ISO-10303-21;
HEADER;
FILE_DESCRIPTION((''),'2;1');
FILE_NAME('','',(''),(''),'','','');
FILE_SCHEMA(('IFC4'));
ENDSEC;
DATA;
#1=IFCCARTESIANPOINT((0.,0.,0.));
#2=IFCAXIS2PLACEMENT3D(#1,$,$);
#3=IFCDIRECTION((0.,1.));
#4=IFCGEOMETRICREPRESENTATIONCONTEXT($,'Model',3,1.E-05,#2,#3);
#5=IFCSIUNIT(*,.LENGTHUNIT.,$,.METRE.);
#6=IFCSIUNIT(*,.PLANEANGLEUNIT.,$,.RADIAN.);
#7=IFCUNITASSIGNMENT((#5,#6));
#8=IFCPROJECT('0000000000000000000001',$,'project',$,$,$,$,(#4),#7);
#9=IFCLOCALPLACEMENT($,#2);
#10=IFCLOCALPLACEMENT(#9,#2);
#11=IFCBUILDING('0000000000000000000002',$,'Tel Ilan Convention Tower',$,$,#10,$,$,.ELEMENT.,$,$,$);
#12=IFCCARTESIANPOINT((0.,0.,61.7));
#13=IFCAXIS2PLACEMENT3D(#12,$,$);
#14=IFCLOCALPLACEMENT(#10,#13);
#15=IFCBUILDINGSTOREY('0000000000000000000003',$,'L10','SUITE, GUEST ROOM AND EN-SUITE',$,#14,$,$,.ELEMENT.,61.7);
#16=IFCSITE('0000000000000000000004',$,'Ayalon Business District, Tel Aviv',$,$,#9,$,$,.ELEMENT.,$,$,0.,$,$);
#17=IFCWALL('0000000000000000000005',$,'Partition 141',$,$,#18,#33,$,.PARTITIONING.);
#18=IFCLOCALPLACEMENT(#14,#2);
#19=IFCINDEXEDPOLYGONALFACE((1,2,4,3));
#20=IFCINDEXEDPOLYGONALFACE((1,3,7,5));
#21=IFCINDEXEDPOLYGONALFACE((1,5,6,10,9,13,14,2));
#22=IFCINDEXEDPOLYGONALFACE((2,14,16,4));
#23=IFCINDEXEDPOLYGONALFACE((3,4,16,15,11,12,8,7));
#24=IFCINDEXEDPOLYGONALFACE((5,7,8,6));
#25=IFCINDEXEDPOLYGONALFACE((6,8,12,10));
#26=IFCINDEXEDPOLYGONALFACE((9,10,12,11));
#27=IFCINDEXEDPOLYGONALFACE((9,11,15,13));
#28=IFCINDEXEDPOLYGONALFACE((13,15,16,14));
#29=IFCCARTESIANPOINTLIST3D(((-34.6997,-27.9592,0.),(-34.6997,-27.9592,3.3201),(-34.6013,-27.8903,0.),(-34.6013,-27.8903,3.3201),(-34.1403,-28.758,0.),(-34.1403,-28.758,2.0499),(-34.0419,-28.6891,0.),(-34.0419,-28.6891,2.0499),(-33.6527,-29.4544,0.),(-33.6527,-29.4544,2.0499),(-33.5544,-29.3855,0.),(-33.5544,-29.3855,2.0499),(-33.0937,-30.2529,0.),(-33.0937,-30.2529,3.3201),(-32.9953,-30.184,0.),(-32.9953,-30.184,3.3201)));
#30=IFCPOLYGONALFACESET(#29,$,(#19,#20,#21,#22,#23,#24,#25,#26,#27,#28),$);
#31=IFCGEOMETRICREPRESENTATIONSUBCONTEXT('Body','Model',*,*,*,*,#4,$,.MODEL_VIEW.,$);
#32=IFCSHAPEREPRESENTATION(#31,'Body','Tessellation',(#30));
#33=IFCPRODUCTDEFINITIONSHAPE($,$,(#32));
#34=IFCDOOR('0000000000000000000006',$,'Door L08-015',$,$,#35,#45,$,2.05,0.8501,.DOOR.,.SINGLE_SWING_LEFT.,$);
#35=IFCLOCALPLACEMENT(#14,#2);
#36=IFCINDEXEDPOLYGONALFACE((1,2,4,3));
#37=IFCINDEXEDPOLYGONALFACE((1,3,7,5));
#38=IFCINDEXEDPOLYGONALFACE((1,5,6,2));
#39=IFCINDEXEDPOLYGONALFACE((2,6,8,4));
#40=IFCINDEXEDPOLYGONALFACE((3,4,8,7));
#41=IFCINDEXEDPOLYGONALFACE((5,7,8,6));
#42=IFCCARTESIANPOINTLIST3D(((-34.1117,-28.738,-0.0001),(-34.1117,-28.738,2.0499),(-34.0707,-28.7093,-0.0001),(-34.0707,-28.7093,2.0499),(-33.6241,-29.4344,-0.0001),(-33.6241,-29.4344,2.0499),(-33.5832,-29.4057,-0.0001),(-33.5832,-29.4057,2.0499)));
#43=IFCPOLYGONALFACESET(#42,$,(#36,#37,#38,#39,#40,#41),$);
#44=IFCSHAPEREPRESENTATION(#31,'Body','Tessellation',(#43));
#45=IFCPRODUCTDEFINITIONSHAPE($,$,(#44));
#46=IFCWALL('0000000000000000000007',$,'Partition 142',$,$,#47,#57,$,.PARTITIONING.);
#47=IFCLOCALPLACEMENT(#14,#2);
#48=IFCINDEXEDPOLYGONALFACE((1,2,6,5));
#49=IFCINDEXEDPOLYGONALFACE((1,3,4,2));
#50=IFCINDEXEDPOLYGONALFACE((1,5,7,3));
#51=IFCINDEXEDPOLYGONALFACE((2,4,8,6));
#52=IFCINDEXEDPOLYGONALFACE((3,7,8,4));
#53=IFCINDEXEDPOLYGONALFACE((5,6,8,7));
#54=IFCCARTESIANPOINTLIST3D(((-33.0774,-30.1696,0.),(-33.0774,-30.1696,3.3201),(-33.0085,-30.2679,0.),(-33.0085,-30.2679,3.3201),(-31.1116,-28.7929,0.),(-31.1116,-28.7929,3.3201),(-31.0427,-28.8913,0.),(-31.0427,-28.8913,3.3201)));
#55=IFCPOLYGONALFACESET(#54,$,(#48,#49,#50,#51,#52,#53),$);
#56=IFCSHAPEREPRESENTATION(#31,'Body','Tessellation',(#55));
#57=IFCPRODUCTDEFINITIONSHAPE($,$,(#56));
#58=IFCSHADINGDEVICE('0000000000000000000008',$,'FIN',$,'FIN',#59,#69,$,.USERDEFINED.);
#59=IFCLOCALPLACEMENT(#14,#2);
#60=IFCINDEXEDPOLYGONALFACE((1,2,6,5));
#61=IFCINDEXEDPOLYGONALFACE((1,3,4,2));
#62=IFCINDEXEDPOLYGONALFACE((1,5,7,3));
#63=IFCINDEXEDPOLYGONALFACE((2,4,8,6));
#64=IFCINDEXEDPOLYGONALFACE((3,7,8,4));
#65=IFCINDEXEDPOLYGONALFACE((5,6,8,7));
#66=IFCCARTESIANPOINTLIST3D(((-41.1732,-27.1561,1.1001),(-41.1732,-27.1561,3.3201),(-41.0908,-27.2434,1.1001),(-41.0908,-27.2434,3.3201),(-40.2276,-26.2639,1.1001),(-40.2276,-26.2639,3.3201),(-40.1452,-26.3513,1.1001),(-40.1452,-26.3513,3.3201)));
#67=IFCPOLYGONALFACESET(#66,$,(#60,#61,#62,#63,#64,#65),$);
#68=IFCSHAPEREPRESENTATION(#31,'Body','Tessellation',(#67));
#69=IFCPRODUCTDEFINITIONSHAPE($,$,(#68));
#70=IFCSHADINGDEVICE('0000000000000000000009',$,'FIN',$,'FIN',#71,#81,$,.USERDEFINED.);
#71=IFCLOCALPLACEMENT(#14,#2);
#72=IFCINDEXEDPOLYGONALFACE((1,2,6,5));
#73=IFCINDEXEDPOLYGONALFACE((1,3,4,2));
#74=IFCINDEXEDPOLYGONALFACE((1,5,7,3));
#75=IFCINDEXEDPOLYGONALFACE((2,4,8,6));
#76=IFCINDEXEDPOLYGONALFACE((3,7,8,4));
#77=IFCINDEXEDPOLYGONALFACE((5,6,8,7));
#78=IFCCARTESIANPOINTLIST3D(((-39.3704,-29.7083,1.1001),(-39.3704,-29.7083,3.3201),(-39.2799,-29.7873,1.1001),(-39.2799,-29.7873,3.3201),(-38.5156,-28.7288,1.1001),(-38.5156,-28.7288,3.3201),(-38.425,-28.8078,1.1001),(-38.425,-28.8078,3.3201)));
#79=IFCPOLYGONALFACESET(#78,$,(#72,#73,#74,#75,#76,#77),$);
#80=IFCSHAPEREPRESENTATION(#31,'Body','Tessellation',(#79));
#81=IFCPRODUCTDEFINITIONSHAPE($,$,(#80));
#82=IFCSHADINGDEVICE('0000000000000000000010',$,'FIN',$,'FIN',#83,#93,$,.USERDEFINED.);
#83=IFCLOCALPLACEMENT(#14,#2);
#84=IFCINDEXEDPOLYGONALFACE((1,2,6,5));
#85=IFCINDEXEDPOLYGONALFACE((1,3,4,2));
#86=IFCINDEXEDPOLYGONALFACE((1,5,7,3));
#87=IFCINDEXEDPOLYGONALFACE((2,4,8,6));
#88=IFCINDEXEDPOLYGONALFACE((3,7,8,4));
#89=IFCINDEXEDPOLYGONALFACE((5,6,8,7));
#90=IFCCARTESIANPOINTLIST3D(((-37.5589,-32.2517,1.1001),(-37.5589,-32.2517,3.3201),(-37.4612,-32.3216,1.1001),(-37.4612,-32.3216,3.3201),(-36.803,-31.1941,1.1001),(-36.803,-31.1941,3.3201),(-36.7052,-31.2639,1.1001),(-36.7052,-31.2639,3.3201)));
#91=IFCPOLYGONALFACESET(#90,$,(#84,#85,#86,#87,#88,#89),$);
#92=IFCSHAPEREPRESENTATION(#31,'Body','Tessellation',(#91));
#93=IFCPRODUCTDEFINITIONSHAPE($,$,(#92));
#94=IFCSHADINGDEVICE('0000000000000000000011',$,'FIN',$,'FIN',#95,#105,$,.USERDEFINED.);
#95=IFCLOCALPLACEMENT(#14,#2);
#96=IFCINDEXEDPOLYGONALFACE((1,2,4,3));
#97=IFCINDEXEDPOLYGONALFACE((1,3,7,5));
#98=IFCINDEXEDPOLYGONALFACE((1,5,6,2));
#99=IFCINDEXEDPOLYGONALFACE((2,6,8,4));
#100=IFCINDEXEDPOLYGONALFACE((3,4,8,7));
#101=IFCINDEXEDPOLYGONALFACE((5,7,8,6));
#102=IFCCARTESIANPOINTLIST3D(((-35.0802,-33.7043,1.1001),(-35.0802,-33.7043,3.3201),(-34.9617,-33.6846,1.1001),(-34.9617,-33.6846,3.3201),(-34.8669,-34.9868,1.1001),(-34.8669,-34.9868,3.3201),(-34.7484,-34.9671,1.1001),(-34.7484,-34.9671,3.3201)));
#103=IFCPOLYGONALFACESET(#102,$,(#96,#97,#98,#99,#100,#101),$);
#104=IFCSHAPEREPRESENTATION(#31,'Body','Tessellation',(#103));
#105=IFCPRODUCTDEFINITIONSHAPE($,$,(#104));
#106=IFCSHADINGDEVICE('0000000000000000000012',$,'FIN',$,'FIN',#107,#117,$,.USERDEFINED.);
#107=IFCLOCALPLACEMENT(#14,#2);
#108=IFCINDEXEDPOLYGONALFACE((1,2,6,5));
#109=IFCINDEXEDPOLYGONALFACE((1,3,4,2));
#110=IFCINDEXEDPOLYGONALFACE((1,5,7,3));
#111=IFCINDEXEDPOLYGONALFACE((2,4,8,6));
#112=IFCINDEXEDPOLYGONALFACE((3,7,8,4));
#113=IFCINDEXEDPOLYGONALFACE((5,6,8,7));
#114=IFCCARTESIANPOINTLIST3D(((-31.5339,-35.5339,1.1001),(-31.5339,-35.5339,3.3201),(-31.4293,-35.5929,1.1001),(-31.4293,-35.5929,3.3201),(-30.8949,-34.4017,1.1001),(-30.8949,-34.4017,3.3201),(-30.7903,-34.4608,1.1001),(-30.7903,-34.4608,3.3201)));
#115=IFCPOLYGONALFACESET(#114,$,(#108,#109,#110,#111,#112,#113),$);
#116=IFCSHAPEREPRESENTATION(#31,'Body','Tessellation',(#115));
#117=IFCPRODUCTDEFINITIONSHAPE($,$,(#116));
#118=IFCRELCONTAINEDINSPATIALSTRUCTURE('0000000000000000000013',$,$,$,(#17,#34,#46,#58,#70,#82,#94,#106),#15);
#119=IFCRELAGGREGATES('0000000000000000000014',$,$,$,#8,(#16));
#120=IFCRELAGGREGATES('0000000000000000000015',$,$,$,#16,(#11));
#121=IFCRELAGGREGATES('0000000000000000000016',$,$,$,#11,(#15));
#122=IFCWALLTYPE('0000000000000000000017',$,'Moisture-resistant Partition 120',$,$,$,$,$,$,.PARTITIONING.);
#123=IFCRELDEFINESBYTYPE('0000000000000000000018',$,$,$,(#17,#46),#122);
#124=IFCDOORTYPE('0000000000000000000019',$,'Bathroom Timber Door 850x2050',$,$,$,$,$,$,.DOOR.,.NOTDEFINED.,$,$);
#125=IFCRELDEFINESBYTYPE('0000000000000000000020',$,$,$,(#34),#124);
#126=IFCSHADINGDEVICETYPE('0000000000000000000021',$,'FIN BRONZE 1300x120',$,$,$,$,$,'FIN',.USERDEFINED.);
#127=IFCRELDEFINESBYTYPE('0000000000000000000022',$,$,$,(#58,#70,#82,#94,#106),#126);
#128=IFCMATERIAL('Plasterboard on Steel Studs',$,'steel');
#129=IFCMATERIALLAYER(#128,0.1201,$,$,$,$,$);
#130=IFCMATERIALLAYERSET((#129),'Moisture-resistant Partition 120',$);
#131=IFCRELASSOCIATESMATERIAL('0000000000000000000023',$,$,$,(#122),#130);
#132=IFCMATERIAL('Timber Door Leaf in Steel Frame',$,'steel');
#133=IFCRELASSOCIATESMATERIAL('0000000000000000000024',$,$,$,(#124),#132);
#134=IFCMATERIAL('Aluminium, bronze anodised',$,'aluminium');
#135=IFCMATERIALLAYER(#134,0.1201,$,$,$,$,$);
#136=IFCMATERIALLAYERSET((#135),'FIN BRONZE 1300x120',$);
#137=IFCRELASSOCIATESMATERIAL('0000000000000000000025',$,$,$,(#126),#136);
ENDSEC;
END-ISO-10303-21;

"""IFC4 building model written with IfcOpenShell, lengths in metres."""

from ifc_helpers import new_model, si_unit, direction, frame, frame_2d, origin, origin_2d, place, context, subcontext, project, spatial, rectangle, extrude, material, layer, layer_set, type_object, element, fill, save


model = new_model("IFC4")

# Units and contexts
model_context = context("Model", 3, precision=1e-05, world=origin(), true_north=direction((0.0, 1.0)))
body_context = subcontext(model_context, "Body", "Model", "MODEL_VIEW")
ifc_project = project(units=[si_unit("LENGTHUNIT", "METRE"), si_unit("PLANEANGLEUNIT", "RADIAN")], contexts=[model_context])

# Site, building, storey
site_placement = place(None, origin())
site = spatial("IfcSite", under=ifc_project, at=site_placement, Name="Ayalon Business District, Tel Aviv", CompositionType="ELEMENT", RefElevation=0.0)
building_placement = place(site_placement, origin())
building = spatial("IfcBuilding", under=site, at=building_placement, Name="Tel Ilan Convention Tower", CompositionType="ELEMENT")
storey_placement = place(building_placement, frame((0.0, 0.0, 61.7)))
storey = spatial("IfcBuildingStorey", under=building, at=storey_placement, Name="L10", Description="SUITE, GUEST ROOM AND EN-SUITE", CompositionType="ELEMENT", Elevation=61.7)

# Wall, opening, door
ifc_material_1 = material(Name="Plasterboard on Steel Studs", Category="steel")
ifc_layer_1 = layer(ifc_material_1, 0.1201)
ifc_layer_set_1 = layer_set([ifc_layer_1], Name="Moisture-resistant Partition 120")
wall_type_1 = type_object("IfcWallType", Name="Moisture-resistant Partition 120", PredefinedType="PARTITIONING", material=ifc_layer_set_1)
wall_1_placement = place(storey_placement, frame((-34.6504, -27.9248, 0.0), z_axis=(0.0, 0.0, 1.0), x_axis=(0.57355, -0.81917, 0.0)))
wall_1 = element("IfcWall", 1, at=wall_1_placement, inside=storey, type_object=wall_type_1, Name="Partition 141", PredefinedType="PARTITIONING", context=body_context, shape_type="SweptSolid", body=[
    extrude(rectangle(XDim=2.8, YDim=0.1201, at=frame_2d((1.3999, 0.0))), origin(), (0.0, 0.0, 1.0), 3.3201),
])
opening_1_placement = place(wall_1_placement, frame((0.9751, 0.0, 0.0)))
opening_1 = element("IfcOpeningElement", 2, at=opening_1_placement, cuts=wall_1, PredefinedType="OPENING", context=body_context, shape_type="SweptSolid", body=[
    extrude(rectangle(XDim=0.8501, YDim=2.05, at=frame_2d((0.425, 1.0249))), frame((0.0, 0.0701, 0.0), z_axis=(0.0, -1.0, 0.0), x_axis=(1.0, 0.0, 0.0)), (0.0, 0.0, 1.0), 0.1401),
])
ifc_material_2 = material(Name="Timber Door Leaf in Steel Frame", Category="steel")
door_type_1 = type_object("IfcDoorType", Name="Bathroom Timber Door 850x2050", OperationType="NOTDEFINED", PredefinedType="DOOR", material=ifc_material_2)
door_1_placement = place(opening_1_placement, origin())
door_1 = element("IfcDoor", 3, at=door_1_placement, inside=storey, type_object=door_type_1, Name="Door L08-015", OperationType="SINGLE_SWING_LEFT", OverallHeight=2.05, OverallWidth=0.8501, PredefinedType="DOOR", context=body_context, shape_type="SweptSolid", body=[
    extrude(rectangle(XDim=0.8501, YDim=2.05, at=frame_2d((0.425, 1.0249))), frame((0.0, 0.0249, 0.0), z_axis=(0.0, -1.0, 0.0), x_axis=(1.0, 0.0, 0.0)), (0.0, 0.0, 1.0), 0.05),
])
fill(opening_1, door_1)

# Wall
wall_2_placement = place(storey_placement, frame((-33.043, -30.2188, 0.0), z_axis=(0.0, 0.0, 1.0), x_axis=(0.819108, 0.57364, 0.0)))
element("IfcWall", 4, at=wall_2_placement, inside=storey, type_object=wall_type_1, Name="Partition 142", PredefinedType="PARTITIONING", context=body_context, shape_type="SweptSolid", body=[
    extrude(rectangle(XDim=2.3999, YDim=0.1201, at=frame_2d((1.2, 0.0))), origin(), (0.0, 0.0, 1.0), 3.3201),
])

# Shading devices
ifc_material_3 = material(Name="Aluminium, bronze anodised", Category="aluminium")
ifc_layer_2 = layer(ifc_material_3, 0.1201)
ifc_layer_set_2 = layer_set([ifc_layer_2], Name="FIN BRONZE 1300x120")
shading_device_type = type_object("IfcShadingDeviceType", Name="FIN BRONZE 1300x120", ElementType="FIN", PredefinedType="USERDEFINED", material=ifc_layer_set_2)
for number, where, z_axis, x_axis, name in (
    (5, (-40.6592, -26.7537, 1.1001), (0.0, 0.0, 1.0), (-0.727374, -0.686242, 0.0), "FIN"),
    (6, (-38.8977, -29.2581, 1.1001), (0.0, 0.0, 1.0), (-0.657521, -0.753436, 0.0), "FIN"),
    (7, (-37.1321, -31.7578, 1.1001), (0.0, 0.0, 1.0), (-0.581492, -0.813552, 0.0), "FIN"),
    (8, (-34.9143, -34.3357, 1.1001), (0.0, 0.0, 1.0), (0.164091, -0.986445, 0.0), "FIN"),
    (9, (-31.1621, -34.9973, 1.1001), (0.0, 0.0, 1.0), (-0.491579, -0.870833, 0.0), "FIN"),
):
    element("IfcShadingDevice", number, at=place(storey_placement, frame(where, z_axis=z_axis, x_axis=x_axis)), inside=storey, type_object=shading_device_type, Name=name, ObjectType="FIN", PredefinedType="USERDEFINED", context=body_context, shape_type="SweptSolid", body=[
        extrude(rectangle(XDim=1.3, YDim=0.1201, at=origin_2d()), origin(), (0.0, 0.0, 1.0), 2.22),
    ])

save(model, "model.ifc")
